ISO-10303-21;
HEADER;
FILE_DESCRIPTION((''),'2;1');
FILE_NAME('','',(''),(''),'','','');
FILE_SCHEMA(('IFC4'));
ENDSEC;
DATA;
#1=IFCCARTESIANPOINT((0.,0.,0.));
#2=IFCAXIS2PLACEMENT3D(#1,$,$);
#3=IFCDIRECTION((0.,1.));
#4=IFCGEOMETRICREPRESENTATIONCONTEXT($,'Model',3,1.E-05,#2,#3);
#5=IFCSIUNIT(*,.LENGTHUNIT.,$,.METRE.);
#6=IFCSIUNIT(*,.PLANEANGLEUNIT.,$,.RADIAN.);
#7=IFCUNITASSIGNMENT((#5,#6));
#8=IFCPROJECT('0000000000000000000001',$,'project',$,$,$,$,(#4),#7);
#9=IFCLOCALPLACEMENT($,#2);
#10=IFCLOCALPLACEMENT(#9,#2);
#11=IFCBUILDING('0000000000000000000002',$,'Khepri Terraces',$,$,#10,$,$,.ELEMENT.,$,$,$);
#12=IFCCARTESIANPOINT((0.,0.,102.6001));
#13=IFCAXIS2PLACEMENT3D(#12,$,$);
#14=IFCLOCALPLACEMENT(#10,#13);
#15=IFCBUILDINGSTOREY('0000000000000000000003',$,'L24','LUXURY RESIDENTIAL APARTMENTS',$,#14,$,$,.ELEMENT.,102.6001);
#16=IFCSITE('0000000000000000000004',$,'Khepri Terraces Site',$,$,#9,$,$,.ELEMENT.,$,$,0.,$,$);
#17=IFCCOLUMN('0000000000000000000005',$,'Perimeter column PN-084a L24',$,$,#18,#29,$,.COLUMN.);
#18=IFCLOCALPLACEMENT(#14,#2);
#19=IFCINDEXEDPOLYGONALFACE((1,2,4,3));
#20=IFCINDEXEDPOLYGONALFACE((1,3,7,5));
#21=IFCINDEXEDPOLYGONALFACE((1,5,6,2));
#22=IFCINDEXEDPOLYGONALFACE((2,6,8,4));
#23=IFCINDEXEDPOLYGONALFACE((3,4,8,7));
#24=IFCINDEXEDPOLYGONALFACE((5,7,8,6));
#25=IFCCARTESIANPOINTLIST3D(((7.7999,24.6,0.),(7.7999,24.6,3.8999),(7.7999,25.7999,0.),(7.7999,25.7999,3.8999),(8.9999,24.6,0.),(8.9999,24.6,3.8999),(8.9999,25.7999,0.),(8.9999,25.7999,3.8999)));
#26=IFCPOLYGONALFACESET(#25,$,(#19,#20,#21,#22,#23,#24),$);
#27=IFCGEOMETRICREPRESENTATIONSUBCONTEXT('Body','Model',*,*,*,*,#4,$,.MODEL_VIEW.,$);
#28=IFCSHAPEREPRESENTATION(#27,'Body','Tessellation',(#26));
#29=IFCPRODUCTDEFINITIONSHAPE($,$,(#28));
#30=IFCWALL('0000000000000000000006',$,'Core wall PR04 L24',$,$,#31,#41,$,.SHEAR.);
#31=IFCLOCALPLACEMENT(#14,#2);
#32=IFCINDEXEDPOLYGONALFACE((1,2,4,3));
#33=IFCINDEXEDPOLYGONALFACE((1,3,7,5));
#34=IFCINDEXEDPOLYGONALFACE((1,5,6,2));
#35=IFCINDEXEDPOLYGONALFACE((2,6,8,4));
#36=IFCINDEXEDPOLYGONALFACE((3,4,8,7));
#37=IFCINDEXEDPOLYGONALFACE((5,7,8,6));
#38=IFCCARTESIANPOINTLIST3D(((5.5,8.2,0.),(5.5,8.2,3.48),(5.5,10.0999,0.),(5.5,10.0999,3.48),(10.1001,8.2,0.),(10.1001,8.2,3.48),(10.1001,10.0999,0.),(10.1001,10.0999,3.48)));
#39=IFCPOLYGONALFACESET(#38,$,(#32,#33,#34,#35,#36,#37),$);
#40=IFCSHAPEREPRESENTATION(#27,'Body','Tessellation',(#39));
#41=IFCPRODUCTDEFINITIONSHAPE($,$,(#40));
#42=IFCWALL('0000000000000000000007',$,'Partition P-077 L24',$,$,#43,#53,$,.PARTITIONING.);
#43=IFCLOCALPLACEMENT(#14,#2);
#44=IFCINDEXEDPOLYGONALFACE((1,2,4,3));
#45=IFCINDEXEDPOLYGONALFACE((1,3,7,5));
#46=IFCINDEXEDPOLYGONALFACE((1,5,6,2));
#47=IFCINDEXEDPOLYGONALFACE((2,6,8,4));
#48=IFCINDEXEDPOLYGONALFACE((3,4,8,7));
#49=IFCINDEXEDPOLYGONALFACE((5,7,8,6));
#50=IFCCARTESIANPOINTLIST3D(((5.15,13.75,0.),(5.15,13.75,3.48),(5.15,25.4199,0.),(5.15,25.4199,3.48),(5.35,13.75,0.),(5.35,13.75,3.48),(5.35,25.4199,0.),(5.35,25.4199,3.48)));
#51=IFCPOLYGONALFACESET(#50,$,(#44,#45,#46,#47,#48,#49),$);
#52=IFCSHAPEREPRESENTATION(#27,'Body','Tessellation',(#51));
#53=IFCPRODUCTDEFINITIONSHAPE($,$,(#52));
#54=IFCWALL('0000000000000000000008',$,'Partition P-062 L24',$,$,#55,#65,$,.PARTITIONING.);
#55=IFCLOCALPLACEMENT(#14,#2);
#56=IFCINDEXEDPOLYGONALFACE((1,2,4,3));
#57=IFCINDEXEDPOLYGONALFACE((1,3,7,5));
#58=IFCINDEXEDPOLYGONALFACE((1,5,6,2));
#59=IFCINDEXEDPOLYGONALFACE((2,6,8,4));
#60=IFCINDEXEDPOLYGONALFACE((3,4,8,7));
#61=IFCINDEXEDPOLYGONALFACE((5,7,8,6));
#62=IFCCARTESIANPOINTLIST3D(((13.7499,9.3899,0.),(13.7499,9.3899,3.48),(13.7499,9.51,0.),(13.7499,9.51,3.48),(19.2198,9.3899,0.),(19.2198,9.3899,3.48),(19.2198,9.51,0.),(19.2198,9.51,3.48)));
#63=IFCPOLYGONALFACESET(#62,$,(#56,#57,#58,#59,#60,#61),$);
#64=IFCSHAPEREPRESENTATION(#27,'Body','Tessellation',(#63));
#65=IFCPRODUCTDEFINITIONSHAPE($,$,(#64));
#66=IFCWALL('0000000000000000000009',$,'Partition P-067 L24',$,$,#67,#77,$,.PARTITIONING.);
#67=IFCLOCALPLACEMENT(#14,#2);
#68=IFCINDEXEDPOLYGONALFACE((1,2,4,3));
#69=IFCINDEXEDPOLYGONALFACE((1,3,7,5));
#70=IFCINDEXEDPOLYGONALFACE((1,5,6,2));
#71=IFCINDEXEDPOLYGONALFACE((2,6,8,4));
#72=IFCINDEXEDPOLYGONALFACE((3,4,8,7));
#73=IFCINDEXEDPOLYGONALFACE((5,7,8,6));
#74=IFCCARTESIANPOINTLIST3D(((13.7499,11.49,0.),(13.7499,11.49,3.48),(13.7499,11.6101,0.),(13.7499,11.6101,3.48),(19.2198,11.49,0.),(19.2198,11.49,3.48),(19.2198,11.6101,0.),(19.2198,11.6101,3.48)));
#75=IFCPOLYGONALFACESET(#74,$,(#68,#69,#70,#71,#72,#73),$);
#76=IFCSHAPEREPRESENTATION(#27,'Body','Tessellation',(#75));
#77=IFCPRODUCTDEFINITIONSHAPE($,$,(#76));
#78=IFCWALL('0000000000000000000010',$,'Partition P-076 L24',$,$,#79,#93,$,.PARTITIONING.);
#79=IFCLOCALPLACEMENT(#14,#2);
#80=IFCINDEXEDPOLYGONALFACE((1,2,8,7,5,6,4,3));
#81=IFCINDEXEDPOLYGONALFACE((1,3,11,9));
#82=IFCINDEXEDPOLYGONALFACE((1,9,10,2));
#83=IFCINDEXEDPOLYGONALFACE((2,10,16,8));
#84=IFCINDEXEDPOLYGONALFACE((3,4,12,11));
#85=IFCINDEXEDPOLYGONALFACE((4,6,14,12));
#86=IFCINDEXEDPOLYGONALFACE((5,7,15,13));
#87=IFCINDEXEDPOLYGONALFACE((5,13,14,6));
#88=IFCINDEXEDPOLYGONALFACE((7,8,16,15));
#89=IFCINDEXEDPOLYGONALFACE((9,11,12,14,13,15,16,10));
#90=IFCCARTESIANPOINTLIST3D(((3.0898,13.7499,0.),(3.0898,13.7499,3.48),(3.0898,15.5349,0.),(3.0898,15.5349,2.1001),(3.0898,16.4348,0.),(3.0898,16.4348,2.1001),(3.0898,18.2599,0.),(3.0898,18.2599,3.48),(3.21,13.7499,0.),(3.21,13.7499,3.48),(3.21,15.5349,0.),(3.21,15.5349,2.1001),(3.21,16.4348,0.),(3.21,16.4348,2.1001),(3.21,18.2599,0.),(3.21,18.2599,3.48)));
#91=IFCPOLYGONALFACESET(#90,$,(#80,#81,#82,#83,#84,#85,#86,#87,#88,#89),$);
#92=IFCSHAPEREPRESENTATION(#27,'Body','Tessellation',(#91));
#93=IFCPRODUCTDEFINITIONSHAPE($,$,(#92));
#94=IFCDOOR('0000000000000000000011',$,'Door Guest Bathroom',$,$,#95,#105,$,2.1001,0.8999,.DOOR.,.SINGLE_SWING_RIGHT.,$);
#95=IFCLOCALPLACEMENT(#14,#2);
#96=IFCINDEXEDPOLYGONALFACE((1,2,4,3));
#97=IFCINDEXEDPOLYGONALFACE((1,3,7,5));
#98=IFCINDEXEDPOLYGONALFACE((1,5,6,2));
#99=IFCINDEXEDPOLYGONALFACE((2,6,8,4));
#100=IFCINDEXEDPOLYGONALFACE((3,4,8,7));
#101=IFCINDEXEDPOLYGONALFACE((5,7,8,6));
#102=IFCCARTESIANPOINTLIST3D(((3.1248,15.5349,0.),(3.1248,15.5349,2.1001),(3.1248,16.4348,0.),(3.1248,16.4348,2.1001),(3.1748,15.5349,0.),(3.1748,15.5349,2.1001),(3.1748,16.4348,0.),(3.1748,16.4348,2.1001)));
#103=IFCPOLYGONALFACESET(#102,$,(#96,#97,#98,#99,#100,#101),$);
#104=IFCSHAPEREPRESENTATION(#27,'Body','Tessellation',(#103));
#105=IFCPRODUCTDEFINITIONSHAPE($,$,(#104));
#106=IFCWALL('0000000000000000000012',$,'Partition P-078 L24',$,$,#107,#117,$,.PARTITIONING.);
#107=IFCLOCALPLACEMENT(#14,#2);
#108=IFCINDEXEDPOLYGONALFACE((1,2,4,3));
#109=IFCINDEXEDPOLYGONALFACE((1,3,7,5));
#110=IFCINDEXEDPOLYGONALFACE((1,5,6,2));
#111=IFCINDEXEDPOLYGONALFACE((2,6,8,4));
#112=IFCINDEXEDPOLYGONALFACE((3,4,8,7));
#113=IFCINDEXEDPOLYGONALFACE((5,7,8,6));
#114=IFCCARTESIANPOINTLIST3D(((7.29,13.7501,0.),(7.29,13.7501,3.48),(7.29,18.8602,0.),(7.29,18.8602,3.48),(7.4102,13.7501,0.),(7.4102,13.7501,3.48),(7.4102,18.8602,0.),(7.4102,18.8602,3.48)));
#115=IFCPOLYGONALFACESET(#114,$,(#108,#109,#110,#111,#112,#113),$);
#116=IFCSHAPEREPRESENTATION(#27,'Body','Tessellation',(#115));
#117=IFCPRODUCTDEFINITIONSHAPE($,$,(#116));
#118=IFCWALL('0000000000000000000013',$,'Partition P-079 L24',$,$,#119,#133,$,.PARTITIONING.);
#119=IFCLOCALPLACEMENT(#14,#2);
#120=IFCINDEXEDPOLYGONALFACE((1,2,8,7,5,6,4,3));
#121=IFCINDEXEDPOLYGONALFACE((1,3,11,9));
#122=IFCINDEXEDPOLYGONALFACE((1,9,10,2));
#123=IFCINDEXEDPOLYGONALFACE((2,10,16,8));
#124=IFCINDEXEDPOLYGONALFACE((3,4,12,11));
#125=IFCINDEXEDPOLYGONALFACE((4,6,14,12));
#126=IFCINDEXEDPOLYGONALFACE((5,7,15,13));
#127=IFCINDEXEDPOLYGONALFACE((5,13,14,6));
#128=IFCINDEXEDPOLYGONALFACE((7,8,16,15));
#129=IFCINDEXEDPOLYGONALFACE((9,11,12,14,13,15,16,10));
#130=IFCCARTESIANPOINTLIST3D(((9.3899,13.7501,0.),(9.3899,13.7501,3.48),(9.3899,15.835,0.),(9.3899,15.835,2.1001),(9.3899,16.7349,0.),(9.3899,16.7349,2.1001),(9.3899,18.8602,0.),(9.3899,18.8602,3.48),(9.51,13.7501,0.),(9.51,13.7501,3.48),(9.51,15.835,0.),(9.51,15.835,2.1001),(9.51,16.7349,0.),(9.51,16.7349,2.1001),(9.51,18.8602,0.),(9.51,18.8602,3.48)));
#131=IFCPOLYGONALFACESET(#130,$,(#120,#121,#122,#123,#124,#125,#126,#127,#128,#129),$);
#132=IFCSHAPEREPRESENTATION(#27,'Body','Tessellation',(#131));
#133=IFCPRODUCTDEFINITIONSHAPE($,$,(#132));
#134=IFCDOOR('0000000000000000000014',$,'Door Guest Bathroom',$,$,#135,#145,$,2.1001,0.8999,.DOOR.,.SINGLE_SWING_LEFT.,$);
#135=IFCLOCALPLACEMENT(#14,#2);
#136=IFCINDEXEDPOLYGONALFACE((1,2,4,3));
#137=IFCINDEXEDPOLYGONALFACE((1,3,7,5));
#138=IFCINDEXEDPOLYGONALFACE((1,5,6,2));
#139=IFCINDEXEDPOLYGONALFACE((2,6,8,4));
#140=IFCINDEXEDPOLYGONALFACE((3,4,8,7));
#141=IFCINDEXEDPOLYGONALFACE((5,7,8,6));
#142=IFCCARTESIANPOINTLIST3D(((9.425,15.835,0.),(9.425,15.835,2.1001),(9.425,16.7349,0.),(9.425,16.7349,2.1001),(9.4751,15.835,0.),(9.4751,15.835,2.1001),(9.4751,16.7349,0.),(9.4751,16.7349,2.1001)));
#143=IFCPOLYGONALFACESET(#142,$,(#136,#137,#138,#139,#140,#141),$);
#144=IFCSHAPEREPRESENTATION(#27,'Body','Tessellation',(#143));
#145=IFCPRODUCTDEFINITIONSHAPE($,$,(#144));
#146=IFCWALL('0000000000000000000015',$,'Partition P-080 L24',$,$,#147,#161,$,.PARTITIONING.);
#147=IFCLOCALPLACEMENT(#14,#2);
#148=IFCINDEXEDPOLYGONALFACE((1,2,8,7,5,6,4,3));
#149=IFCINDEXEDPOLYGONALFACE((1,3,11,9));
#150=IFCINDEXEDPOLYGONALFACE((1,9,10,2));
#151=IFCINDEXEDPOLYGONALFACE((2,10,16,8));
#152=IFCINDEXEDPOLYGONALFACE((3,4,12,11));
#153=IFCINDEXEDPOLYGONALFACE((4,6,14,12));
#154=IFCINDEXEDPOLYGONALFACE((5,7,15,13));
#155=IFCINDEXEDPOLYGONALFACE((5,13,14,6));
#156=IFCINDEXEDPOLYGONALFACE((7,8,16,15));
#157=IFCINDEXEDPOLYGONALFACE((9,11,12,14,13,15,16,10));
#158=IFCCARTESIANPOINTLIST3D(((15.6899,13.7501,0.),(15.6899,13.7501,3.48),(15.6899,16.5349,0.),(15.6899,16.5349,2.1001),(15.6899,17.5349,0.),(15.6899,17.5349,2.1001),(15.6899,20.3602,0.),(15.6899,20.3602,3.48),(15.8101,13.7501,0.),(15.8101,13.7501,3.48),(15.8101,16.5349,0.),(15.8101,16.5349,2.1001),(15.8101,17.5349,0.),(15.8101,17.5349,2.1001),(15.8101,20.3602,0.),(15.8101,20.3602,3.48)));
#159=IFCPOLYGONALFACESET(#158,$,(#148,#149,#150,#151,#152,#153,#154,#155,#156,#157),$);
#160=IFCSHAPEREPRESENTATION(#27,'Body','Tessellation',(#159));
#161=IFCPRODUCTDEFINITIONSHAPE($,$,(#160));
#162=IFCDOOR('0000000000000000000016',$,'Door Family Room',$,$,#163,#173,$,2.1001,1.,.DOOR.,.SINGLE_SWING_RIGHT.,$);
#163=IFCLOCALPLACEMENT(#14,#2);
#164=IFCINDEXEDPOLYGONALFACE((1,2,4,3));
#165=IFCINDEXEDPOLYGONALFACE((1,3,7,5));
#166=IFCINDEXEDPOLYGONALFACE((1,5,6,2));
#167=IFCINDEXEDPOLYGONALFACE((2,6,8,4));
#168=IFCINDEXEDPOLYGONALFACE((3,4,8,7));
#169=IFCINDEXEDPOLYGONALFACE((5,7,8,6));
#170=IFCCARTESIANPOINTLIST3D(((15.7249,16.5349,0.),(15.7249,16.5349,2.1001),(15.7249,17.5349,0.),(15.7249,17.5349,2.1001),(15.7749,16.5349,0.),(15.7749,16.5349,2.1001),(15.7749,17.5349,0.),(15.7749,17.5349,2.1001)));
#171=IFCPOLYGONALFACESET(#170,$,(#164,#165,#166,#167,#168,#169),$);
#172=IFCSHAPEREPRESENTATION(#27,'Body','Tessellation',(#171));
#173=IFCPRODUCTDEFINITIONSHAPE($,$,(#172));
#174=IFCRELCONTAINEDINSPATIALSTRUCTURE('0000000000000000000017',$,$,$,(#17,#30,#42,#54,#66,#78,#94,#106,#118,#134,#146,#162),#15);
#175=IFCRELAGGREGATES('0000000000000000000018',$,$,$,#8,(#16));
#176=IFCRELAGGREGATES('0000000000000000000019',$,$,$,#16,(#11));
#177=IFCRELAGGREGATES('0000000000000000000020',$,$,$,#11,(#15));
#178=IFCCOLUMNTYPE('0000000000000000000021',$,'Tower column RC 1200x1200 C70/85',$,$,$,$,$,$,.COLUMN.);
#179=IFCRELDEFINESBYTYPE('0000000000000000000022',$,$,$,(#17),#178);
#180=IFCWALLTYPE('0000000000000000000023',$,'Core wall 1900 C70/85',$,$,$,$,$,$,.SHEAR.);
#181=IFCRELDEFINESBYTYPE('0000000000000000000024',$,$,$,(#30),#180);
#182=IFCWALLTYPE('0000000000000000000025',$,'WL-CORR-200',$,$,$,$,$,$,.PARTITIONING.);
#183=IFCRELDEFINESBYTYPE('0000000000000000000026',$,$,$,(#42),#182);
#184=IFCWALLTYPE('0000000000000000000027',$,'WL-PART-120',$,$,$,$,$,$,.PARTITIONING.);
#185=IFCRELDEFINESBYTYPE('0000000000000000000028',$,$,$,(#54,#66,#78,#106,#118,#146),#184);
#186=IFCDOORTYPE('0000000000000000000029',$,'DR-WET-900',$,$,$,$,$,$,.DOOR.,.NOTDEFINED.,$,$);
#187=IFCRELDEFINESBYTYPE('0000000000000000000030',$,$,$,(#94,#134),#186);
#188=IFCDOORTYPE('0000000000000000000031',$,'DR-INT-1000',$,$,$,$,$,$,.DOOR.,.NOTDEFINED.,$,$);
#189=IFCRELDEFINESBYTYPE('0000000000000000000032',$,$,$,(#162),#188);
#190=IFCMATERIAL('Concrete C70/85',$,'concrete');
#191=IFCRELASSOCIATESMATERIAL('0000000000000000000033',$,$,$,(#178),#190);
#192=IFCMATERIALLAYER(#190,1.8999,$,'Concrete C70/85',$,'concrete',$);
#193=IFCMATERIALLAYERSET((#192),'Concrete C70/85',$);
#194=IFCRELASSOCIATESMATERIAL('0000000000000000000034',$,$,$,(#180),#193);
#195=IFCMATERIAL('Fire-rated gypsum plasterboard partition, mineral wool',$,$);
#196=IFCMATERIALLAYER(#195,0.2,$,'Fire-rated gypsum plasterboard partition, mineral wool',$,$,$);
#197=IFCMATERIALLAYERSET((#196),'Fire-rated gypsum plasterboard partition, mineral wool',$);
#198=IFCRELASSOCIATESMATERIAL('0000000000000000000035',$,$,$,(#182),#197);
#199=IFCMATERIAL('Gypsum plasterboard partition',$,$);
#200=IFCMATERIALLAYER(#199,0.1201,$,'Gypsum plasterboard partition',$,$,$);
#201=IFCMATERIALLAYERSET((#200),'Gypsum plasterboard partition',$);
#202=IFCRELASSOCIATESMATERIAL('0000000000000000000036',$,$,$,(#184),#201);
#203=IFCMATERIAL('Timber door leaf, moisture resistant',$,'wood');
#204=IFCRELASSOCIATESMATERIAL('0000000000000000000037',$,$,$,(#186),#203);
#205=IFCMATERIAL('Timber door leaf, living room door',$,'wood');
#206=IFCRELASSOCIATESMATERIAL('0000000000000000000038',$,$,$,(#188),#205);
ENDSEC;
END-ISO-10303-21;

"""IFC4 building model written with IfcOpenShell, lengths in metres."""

from ifc_helpers import new_model, si_unit, direction, frame, frame_2d, origin, origin_2d, place, context, subcontext, project, spatial, rectangle, extrude, material, layer, layer_set, material_profile, profile_set, type_object, element, fill, save


model = new_model("IFC4")

# Units and contexts
model_context = context("Model", 3, precision=1e-05, world=origin(), true_north=direction((0.0, 1.0)))
body_context = subcontext(model_context, "Body", "Model", "MODEL_VIEW")
ifc_project = project(units=[si_unit("LENGTHUNIT", "METRE"), si_unit("PLANEANGLEUNIT", "RADIAN")], contexts=[model_context])

# Site, building, storey
site_placement = place(None, origin())
site = spatial("IfcSite", under=ifc_project, at=site_placement, Name="Khepri Terraces Site", CompositionType="ELEMENT", RefElevation=0.0)
building_placement = place(site_placement, origin())
building = spatial("IfcBuilding", under=site, at=building_placement, Name="Khepri Terraces", CompositionType="ELEMENT")
storey_placement = place(building_placement, frame((0.0, 0.0, 102.6001)))
storey = spatial("IfcBuildingStorey", under=building, at=storey_placement, Name="L24", Description="LUXURY RESIDENTIAL APARTMENTS", CompositionType="ELEMENT", Elevation=102.6001)

# Column
ifc_material_1 = material(Name="Concrete C70/85", Category="concrete")
ifc_material_profile = material_profile(ifc_material_1, rectangle(XDim=1.2, YDim=1.2, at=origin_2d()), Name="Concrete C70/85", Category="concrete")
ifc_profile_set = profile_set([ifc_material_profile], Name="Concrete C70/85")
column_type = type_object("IfcColumnType", Name="Tower column RC 1200x1200 C70/85", PredefinedType="COLUMN", material=ifc_profile_set)
column_placement = place(storey_placement, frame((8.3999, 25.2, 0.0), z_axis=(0.0, 0.0, 1.0), x_axis=(1.0, 0.0, 0.0)))
element("IfcColumn", 1, at=column_placement, inside=storey, type_object=column_type, Name="Perimeter column PN-084a L24", PredefinedType="COLUMN", context=body_context, shape_type="SweptSolid", body=[
    extrude(rectangle(XDim=1.2, YDim=1.2, at=origin_2d()), origin(), (0.0, 0.0, 1.0), 3.8999),
])

# Walls
ifc_layer_1 = layer(ifc_material_1, 1.8999, Name="Concrete C70/85", Category="concrete")
ifc_layer_set_1 = layer_set([ifc_layer_1], Name="Concrete C70/85")
wall_type_1 = type_object("IfcWallType", Name="Core wall 1900 C70/85", PredefinedType="SHEAR", material=ifc_layer_set_1)
wall_1_placement = place(storey_placement, frame((5.5, 9.1499, 0.0), z_axis=(0.0, 0.0, 1.0), x_axis=(1.0, 0.0, 0.0)))
element("IfcWall", 2, at=wall_1_placement, inside=storey, type_object=wall_type_1, Name="Core wall PR04 L24", PredefinedType="SHEAR", context=body_context, shape_type="SweptSolid", body=[
    extrude(rectangle(XDim=4.6001, YDim=1.8999, at=frame_2d((2.3, 0.0))), origin(), (0.0, 0.0, 1.0), 3.48),
])
ifc_material_2 = material(Name="Fire-rated gypsum plasterboard partition, mineral wool")
ifc_layer_2 = layer(ifc_material_2, 0.2, Name="Fire-rated gypsum plasterboard partition, mineral wool")
ifc_layer_set_2 = layer_set([ifc_layer_2], Name="Fire-rated gypsum plasterboard partition, mineral wool")
wall_type_2 = type_object("IfcWallType", Name="WL-CORR-200", PredefinedType="PARTITIONING", material=ifc_layer_set_2)
wall_2_placement = place(storey_placement, frame((5.25, 13.75, 0.0), z_axis=(0.0, 0.0, 1.0), x_axis=(0.0, 1.0, 0.0)))
element("IfcWall", 3, at=wall_2_placement, inside=storey, type_object=wall_type_2, Name="Partition P-077 L24", PredefinedType="PARTITIONING", context=body_context, shape_type="SweptSolid", body=[
    extrude(rectangle(XDim=11.6699, YDim=0.2, at=frame_2d((5.835, 0.0))), origin(), (0.0, 0.0, 1.0), 3.48),
])

# Walls
ifc_material_3 = material(Name="Gypsum plasterboard partition")
ifc_layer_3 = layer(ifc_material_3, 0.1201, Name="Gypsum plasterboard partition")
ifc_layer_set_3 = layer_set([ifc_layer_3], Name="Gypsum plasterboard partition")
wall_type_3 = type_object("IfcWallType", Name="WL-PART-120", PredefinedType="PARTITIONING", material=ifc_layer_set_3)
for number, where, z_axis, x_axis, name in (
    (4, (13.75, 9.45, 0.0), (0.0, 0.0, 1.0), (1.0, 0.0, 0.0), "Partition P-062 L24"),
    (5, (13.75, 11.55, 0.0), (0.0, 0.0, 1.0), (1.0, 0.0, 0.0), "Partition P-067 L24"),
):
    element("IfcWall", number, at=place(storey_placement, frame(where, z_axis=z_axis, x_axis=x_axis)), inside=storey, type_object=wall_type_3, Name=name, PredefinedType="PARTITIONING", context=body_context, shape_type="SweptSolid", body=[
        extrude(rectangle(XDim=5.47, YDim=0.1201, at=frame_2d((2.7349, 0.0))), origin(), (0.0, 0.0, 1.0), 3.48),
    ])

# Wall, opening, door
wall_3_placement = place(storey_placement, frame((3.1499, 13.75, 0.0), z_axis=(0.0, 0.0, 1.0), x_axis=(0.0, 1.0, 0.0)))
wall_3 = element("IfcWall", 6, at=wall_3_placement, inside=storey, type_object=wall_type_3, Name="Partition P-076 L24", PredefinedType="PARTITIONING", context=body_context, shape_type="SweptSolid", body=[
    extrude(rectangle(XDim=4.51, YDim=0.1201, at=frame_2d((2.2549, 0.0))), origin(), (0.0, 0.0, 1.0), 3.48),
])
opening_1_placement = place(wall_3_placement, frame((1.7849, 0.0, 0.0)))
opening_1 = element("IfcOpeningElement", 7, at=opening_1_placement, cuts=wall_3, PredefinedType="OPENING", context=body_context, shape_type="SweptSolid", body=[
    extrude(rectangle(XDim=0.8999, YDim=2.1001, at=frame_2d((0.45, 1.05))), frame((0.0, 0.0701, 0.0), z_axis=(0.0, -1.0, 0.0), x_axis=(1.0, 0.0, 0.0)), (0.0, 0.0, 1.0), 0.1401),
])
ifc_material_4 = material(Name="Timber door leaf, moisture resistant", Category="wood")
door_type_1 = type_object("IfcDoorType", Name="DR-WET-900", OperationType="NOTDEFINED", PredefinedType="DOOR", material=ifc_material_4)
door_1_placement = place(opening_1_placement, frame((0.8999, 0.0, 0.0), z_axis=(0.0, 0.0, 1.0), x_axis=(-1.0, 0.0, 0.0)))
door_1 = element("IfcDoor", 8, at=door_1_placement, inside=storey, type_object=door_type_1, Name="Door Guest Bathroom", OperationType="SINGLE_SWING_RIGHT", OverallHeight=2.1001, OverallWidth=0.8999, PredefinedType="DOOR", context=body_context, shape_type="SweptSolid", body=[
    extrude(rectangle(XDim=0.8999, YDim=2.1001, at=frame_2d((0.45, 1.05))), frame((0.0, 0.0249, 0.0), z_axis=(0.0, -1.0, 0.0), x_axis=(1.0, 0.0, 0.0)), (0.0, 0.0, 1.0), 0.05),
])
fill(opening_1, door_1)

# Wall
wall_4_placement = place(storey_placement, frame((7.3501, 13.75, 0.0), z_axis=(0.0, 0.0, 1.0), x_axis=(0.0, 1.0, 0.0)))
element("IfcWall", 9, at=wall_4_placement, inside=storey, type_object=wall_type_3, Name="Partition P-078 L24", PredefinedType="PARTITIONING", context=body_context, shape_type="SweptSolid", body=[
    extrude(rectangle(XDim=5.1101, YDim=0.1201, at=frame_2d((2.5552, 0.0))), origin(), (0.0, 0.0, 1.0), 3.48),
])

# Walls, openings, doors
wall_5_placement = place(storey_placement, frame((9.45, 13.75, 0.0), z_axis=(0.0, 0.0, 1.0), x_axis=(0.0, 1.0, 0.0)))
wall_5 = element("IfcWall", 10, at=wall_5_placement, inside=storey, type_object=wall_type_3, Name="Partition P-079 L24", PredefinedType="PARTITIONING", context=body_context, shape_type="SweptSolid", body=[
    extrude(rectangle(XDim=5.1101, YDim=0.1201, at=frame_2d((2.5552, 0.0))), origin(), (0.0, 0.0, 1.0), 3.48),
])
opening_2_placement = place(wall_5_placement, frame((2.085, 0.0, 0.0)))
opening_2 = element("IfcOpeningElement", 11, at=opening_2_placement, cuts=wall_5, PredefinedType="OPENING", context=body_context, shape_type="SweptSolid", body=[
    extrude(rectangle(XDim=0.8999, YDim=2.1001, at=frame_2d((0.45, 1.05))), frame((0.0, 0.0701, 0.0), z_axis=(0.0, -1.0, 0.0), x_axis=(1.0, 0.0, 0.0)), (0.0, 0.0, 1.0), 0.1401),
])
door_2_placement = place(opening_2_placement, origin())
door_2 = element("IfcDoor", 12, at=door_2_placement, inside=storey, type_object=door_type_1, Name="Door Guest Bathroom", OperationType="SINGLE_SWING_LEFT", OverallHeight=2.1001, OverallWidth=0.8999, PredefinedType="DOOR", context=body_context, shape_type="SweptSolid", body=[
    extrude(rectangle(XDim=0.8999, YDim=2.1001, at=frame_2d((0.45, 1.05))), frame((0.0, 0.0249, 0.0), z_axis=(0.0, -1.0, 0.0), x_axis=(1.0, 0.0, 0.0)), (0.0, 0.0, 1.0), 0.05),
])
fill(opening_2, door_2)
wall_6_placement = place(storey_placement, frame((15.75, 13.75, 0.0), z_axis=(0.0, 0.0, 1.0), x_axis=(0.0, 1.0, 0.0)))
wall_6 = element("IfcWall", 13, at=wall_6_placement, inside=storey, type_object=wall_type_3, Name="Partition P-080 L24", PredefinedType="PARTITIONING", context=body_context, shape_type="SweptSolid", body=[
    extrude(rectangle(XDim=6.6101, YDim=0.1201, at=frame_2d((3.3052, 0.0))), origin(), (0.0, 0.0, 1.0), 3.48),
])
opening_3_placement = place(wall_6_placement, frame((2.7849, 0.0, 0.0)))
opening_3 = element("IfcOpeningElement", 14, at=opening_3_placement, cuts=wall_6, PredefinedType="OPENING", context=body_context, shape_type="SweptSolid", body=[
    extrude(rectangle(XDim=1.0, YDim=2.1001, at=frame_2d((0.5, 1.05))), frame((0.0, 0.0701, 0.0), z_axis=(0.0, -1.0, 0.0), x_axis=(1.0, 0.0, 0.0)), (0.0, 0.0, 1.0), 0.1401),
])
ifc_material_5 = material(Name="Timber door leaf, living room door", Category="wood")
door_type_2 = type_object("IfcDoorType", Name="DR-INT-1000", OperationType="NOTDEFINED", PredefinedType="DOOR", material=ifc_material_5)
door_3_placement = place(opening_3_placement, frame((1.0, 0.0, 0.0), z_axis=(0.0, 0.0, 1.0), x_axis=(-1.0, 0.0, 0.0)))
door_3 = element("IfcDoor", 15, at=door_3_placement, inside=storey, type_object=door_type_2, Name="Door Family Room", OperationType="SINGLE_SWING_RIGHT", OverallHeight=2.1001, OverallWidth=1.0, PredefinedType="DOOR", context=body_context, shape_type="SweptSolid", body=[
    extrude(rectangle(XDim=1.0, YDim=2.1001, at=frame_2d((0.5, 1.05))), frame((0.0, 0.0249, 0.0), z_axis=(0.0, -1.0, 0.0), x_axis=(1.0, 0.0, 0.0)), (0.0, 0.0, 1.0), 0.05),
])
fill(opening_3, door_3)

save(model, "model.ifc")
